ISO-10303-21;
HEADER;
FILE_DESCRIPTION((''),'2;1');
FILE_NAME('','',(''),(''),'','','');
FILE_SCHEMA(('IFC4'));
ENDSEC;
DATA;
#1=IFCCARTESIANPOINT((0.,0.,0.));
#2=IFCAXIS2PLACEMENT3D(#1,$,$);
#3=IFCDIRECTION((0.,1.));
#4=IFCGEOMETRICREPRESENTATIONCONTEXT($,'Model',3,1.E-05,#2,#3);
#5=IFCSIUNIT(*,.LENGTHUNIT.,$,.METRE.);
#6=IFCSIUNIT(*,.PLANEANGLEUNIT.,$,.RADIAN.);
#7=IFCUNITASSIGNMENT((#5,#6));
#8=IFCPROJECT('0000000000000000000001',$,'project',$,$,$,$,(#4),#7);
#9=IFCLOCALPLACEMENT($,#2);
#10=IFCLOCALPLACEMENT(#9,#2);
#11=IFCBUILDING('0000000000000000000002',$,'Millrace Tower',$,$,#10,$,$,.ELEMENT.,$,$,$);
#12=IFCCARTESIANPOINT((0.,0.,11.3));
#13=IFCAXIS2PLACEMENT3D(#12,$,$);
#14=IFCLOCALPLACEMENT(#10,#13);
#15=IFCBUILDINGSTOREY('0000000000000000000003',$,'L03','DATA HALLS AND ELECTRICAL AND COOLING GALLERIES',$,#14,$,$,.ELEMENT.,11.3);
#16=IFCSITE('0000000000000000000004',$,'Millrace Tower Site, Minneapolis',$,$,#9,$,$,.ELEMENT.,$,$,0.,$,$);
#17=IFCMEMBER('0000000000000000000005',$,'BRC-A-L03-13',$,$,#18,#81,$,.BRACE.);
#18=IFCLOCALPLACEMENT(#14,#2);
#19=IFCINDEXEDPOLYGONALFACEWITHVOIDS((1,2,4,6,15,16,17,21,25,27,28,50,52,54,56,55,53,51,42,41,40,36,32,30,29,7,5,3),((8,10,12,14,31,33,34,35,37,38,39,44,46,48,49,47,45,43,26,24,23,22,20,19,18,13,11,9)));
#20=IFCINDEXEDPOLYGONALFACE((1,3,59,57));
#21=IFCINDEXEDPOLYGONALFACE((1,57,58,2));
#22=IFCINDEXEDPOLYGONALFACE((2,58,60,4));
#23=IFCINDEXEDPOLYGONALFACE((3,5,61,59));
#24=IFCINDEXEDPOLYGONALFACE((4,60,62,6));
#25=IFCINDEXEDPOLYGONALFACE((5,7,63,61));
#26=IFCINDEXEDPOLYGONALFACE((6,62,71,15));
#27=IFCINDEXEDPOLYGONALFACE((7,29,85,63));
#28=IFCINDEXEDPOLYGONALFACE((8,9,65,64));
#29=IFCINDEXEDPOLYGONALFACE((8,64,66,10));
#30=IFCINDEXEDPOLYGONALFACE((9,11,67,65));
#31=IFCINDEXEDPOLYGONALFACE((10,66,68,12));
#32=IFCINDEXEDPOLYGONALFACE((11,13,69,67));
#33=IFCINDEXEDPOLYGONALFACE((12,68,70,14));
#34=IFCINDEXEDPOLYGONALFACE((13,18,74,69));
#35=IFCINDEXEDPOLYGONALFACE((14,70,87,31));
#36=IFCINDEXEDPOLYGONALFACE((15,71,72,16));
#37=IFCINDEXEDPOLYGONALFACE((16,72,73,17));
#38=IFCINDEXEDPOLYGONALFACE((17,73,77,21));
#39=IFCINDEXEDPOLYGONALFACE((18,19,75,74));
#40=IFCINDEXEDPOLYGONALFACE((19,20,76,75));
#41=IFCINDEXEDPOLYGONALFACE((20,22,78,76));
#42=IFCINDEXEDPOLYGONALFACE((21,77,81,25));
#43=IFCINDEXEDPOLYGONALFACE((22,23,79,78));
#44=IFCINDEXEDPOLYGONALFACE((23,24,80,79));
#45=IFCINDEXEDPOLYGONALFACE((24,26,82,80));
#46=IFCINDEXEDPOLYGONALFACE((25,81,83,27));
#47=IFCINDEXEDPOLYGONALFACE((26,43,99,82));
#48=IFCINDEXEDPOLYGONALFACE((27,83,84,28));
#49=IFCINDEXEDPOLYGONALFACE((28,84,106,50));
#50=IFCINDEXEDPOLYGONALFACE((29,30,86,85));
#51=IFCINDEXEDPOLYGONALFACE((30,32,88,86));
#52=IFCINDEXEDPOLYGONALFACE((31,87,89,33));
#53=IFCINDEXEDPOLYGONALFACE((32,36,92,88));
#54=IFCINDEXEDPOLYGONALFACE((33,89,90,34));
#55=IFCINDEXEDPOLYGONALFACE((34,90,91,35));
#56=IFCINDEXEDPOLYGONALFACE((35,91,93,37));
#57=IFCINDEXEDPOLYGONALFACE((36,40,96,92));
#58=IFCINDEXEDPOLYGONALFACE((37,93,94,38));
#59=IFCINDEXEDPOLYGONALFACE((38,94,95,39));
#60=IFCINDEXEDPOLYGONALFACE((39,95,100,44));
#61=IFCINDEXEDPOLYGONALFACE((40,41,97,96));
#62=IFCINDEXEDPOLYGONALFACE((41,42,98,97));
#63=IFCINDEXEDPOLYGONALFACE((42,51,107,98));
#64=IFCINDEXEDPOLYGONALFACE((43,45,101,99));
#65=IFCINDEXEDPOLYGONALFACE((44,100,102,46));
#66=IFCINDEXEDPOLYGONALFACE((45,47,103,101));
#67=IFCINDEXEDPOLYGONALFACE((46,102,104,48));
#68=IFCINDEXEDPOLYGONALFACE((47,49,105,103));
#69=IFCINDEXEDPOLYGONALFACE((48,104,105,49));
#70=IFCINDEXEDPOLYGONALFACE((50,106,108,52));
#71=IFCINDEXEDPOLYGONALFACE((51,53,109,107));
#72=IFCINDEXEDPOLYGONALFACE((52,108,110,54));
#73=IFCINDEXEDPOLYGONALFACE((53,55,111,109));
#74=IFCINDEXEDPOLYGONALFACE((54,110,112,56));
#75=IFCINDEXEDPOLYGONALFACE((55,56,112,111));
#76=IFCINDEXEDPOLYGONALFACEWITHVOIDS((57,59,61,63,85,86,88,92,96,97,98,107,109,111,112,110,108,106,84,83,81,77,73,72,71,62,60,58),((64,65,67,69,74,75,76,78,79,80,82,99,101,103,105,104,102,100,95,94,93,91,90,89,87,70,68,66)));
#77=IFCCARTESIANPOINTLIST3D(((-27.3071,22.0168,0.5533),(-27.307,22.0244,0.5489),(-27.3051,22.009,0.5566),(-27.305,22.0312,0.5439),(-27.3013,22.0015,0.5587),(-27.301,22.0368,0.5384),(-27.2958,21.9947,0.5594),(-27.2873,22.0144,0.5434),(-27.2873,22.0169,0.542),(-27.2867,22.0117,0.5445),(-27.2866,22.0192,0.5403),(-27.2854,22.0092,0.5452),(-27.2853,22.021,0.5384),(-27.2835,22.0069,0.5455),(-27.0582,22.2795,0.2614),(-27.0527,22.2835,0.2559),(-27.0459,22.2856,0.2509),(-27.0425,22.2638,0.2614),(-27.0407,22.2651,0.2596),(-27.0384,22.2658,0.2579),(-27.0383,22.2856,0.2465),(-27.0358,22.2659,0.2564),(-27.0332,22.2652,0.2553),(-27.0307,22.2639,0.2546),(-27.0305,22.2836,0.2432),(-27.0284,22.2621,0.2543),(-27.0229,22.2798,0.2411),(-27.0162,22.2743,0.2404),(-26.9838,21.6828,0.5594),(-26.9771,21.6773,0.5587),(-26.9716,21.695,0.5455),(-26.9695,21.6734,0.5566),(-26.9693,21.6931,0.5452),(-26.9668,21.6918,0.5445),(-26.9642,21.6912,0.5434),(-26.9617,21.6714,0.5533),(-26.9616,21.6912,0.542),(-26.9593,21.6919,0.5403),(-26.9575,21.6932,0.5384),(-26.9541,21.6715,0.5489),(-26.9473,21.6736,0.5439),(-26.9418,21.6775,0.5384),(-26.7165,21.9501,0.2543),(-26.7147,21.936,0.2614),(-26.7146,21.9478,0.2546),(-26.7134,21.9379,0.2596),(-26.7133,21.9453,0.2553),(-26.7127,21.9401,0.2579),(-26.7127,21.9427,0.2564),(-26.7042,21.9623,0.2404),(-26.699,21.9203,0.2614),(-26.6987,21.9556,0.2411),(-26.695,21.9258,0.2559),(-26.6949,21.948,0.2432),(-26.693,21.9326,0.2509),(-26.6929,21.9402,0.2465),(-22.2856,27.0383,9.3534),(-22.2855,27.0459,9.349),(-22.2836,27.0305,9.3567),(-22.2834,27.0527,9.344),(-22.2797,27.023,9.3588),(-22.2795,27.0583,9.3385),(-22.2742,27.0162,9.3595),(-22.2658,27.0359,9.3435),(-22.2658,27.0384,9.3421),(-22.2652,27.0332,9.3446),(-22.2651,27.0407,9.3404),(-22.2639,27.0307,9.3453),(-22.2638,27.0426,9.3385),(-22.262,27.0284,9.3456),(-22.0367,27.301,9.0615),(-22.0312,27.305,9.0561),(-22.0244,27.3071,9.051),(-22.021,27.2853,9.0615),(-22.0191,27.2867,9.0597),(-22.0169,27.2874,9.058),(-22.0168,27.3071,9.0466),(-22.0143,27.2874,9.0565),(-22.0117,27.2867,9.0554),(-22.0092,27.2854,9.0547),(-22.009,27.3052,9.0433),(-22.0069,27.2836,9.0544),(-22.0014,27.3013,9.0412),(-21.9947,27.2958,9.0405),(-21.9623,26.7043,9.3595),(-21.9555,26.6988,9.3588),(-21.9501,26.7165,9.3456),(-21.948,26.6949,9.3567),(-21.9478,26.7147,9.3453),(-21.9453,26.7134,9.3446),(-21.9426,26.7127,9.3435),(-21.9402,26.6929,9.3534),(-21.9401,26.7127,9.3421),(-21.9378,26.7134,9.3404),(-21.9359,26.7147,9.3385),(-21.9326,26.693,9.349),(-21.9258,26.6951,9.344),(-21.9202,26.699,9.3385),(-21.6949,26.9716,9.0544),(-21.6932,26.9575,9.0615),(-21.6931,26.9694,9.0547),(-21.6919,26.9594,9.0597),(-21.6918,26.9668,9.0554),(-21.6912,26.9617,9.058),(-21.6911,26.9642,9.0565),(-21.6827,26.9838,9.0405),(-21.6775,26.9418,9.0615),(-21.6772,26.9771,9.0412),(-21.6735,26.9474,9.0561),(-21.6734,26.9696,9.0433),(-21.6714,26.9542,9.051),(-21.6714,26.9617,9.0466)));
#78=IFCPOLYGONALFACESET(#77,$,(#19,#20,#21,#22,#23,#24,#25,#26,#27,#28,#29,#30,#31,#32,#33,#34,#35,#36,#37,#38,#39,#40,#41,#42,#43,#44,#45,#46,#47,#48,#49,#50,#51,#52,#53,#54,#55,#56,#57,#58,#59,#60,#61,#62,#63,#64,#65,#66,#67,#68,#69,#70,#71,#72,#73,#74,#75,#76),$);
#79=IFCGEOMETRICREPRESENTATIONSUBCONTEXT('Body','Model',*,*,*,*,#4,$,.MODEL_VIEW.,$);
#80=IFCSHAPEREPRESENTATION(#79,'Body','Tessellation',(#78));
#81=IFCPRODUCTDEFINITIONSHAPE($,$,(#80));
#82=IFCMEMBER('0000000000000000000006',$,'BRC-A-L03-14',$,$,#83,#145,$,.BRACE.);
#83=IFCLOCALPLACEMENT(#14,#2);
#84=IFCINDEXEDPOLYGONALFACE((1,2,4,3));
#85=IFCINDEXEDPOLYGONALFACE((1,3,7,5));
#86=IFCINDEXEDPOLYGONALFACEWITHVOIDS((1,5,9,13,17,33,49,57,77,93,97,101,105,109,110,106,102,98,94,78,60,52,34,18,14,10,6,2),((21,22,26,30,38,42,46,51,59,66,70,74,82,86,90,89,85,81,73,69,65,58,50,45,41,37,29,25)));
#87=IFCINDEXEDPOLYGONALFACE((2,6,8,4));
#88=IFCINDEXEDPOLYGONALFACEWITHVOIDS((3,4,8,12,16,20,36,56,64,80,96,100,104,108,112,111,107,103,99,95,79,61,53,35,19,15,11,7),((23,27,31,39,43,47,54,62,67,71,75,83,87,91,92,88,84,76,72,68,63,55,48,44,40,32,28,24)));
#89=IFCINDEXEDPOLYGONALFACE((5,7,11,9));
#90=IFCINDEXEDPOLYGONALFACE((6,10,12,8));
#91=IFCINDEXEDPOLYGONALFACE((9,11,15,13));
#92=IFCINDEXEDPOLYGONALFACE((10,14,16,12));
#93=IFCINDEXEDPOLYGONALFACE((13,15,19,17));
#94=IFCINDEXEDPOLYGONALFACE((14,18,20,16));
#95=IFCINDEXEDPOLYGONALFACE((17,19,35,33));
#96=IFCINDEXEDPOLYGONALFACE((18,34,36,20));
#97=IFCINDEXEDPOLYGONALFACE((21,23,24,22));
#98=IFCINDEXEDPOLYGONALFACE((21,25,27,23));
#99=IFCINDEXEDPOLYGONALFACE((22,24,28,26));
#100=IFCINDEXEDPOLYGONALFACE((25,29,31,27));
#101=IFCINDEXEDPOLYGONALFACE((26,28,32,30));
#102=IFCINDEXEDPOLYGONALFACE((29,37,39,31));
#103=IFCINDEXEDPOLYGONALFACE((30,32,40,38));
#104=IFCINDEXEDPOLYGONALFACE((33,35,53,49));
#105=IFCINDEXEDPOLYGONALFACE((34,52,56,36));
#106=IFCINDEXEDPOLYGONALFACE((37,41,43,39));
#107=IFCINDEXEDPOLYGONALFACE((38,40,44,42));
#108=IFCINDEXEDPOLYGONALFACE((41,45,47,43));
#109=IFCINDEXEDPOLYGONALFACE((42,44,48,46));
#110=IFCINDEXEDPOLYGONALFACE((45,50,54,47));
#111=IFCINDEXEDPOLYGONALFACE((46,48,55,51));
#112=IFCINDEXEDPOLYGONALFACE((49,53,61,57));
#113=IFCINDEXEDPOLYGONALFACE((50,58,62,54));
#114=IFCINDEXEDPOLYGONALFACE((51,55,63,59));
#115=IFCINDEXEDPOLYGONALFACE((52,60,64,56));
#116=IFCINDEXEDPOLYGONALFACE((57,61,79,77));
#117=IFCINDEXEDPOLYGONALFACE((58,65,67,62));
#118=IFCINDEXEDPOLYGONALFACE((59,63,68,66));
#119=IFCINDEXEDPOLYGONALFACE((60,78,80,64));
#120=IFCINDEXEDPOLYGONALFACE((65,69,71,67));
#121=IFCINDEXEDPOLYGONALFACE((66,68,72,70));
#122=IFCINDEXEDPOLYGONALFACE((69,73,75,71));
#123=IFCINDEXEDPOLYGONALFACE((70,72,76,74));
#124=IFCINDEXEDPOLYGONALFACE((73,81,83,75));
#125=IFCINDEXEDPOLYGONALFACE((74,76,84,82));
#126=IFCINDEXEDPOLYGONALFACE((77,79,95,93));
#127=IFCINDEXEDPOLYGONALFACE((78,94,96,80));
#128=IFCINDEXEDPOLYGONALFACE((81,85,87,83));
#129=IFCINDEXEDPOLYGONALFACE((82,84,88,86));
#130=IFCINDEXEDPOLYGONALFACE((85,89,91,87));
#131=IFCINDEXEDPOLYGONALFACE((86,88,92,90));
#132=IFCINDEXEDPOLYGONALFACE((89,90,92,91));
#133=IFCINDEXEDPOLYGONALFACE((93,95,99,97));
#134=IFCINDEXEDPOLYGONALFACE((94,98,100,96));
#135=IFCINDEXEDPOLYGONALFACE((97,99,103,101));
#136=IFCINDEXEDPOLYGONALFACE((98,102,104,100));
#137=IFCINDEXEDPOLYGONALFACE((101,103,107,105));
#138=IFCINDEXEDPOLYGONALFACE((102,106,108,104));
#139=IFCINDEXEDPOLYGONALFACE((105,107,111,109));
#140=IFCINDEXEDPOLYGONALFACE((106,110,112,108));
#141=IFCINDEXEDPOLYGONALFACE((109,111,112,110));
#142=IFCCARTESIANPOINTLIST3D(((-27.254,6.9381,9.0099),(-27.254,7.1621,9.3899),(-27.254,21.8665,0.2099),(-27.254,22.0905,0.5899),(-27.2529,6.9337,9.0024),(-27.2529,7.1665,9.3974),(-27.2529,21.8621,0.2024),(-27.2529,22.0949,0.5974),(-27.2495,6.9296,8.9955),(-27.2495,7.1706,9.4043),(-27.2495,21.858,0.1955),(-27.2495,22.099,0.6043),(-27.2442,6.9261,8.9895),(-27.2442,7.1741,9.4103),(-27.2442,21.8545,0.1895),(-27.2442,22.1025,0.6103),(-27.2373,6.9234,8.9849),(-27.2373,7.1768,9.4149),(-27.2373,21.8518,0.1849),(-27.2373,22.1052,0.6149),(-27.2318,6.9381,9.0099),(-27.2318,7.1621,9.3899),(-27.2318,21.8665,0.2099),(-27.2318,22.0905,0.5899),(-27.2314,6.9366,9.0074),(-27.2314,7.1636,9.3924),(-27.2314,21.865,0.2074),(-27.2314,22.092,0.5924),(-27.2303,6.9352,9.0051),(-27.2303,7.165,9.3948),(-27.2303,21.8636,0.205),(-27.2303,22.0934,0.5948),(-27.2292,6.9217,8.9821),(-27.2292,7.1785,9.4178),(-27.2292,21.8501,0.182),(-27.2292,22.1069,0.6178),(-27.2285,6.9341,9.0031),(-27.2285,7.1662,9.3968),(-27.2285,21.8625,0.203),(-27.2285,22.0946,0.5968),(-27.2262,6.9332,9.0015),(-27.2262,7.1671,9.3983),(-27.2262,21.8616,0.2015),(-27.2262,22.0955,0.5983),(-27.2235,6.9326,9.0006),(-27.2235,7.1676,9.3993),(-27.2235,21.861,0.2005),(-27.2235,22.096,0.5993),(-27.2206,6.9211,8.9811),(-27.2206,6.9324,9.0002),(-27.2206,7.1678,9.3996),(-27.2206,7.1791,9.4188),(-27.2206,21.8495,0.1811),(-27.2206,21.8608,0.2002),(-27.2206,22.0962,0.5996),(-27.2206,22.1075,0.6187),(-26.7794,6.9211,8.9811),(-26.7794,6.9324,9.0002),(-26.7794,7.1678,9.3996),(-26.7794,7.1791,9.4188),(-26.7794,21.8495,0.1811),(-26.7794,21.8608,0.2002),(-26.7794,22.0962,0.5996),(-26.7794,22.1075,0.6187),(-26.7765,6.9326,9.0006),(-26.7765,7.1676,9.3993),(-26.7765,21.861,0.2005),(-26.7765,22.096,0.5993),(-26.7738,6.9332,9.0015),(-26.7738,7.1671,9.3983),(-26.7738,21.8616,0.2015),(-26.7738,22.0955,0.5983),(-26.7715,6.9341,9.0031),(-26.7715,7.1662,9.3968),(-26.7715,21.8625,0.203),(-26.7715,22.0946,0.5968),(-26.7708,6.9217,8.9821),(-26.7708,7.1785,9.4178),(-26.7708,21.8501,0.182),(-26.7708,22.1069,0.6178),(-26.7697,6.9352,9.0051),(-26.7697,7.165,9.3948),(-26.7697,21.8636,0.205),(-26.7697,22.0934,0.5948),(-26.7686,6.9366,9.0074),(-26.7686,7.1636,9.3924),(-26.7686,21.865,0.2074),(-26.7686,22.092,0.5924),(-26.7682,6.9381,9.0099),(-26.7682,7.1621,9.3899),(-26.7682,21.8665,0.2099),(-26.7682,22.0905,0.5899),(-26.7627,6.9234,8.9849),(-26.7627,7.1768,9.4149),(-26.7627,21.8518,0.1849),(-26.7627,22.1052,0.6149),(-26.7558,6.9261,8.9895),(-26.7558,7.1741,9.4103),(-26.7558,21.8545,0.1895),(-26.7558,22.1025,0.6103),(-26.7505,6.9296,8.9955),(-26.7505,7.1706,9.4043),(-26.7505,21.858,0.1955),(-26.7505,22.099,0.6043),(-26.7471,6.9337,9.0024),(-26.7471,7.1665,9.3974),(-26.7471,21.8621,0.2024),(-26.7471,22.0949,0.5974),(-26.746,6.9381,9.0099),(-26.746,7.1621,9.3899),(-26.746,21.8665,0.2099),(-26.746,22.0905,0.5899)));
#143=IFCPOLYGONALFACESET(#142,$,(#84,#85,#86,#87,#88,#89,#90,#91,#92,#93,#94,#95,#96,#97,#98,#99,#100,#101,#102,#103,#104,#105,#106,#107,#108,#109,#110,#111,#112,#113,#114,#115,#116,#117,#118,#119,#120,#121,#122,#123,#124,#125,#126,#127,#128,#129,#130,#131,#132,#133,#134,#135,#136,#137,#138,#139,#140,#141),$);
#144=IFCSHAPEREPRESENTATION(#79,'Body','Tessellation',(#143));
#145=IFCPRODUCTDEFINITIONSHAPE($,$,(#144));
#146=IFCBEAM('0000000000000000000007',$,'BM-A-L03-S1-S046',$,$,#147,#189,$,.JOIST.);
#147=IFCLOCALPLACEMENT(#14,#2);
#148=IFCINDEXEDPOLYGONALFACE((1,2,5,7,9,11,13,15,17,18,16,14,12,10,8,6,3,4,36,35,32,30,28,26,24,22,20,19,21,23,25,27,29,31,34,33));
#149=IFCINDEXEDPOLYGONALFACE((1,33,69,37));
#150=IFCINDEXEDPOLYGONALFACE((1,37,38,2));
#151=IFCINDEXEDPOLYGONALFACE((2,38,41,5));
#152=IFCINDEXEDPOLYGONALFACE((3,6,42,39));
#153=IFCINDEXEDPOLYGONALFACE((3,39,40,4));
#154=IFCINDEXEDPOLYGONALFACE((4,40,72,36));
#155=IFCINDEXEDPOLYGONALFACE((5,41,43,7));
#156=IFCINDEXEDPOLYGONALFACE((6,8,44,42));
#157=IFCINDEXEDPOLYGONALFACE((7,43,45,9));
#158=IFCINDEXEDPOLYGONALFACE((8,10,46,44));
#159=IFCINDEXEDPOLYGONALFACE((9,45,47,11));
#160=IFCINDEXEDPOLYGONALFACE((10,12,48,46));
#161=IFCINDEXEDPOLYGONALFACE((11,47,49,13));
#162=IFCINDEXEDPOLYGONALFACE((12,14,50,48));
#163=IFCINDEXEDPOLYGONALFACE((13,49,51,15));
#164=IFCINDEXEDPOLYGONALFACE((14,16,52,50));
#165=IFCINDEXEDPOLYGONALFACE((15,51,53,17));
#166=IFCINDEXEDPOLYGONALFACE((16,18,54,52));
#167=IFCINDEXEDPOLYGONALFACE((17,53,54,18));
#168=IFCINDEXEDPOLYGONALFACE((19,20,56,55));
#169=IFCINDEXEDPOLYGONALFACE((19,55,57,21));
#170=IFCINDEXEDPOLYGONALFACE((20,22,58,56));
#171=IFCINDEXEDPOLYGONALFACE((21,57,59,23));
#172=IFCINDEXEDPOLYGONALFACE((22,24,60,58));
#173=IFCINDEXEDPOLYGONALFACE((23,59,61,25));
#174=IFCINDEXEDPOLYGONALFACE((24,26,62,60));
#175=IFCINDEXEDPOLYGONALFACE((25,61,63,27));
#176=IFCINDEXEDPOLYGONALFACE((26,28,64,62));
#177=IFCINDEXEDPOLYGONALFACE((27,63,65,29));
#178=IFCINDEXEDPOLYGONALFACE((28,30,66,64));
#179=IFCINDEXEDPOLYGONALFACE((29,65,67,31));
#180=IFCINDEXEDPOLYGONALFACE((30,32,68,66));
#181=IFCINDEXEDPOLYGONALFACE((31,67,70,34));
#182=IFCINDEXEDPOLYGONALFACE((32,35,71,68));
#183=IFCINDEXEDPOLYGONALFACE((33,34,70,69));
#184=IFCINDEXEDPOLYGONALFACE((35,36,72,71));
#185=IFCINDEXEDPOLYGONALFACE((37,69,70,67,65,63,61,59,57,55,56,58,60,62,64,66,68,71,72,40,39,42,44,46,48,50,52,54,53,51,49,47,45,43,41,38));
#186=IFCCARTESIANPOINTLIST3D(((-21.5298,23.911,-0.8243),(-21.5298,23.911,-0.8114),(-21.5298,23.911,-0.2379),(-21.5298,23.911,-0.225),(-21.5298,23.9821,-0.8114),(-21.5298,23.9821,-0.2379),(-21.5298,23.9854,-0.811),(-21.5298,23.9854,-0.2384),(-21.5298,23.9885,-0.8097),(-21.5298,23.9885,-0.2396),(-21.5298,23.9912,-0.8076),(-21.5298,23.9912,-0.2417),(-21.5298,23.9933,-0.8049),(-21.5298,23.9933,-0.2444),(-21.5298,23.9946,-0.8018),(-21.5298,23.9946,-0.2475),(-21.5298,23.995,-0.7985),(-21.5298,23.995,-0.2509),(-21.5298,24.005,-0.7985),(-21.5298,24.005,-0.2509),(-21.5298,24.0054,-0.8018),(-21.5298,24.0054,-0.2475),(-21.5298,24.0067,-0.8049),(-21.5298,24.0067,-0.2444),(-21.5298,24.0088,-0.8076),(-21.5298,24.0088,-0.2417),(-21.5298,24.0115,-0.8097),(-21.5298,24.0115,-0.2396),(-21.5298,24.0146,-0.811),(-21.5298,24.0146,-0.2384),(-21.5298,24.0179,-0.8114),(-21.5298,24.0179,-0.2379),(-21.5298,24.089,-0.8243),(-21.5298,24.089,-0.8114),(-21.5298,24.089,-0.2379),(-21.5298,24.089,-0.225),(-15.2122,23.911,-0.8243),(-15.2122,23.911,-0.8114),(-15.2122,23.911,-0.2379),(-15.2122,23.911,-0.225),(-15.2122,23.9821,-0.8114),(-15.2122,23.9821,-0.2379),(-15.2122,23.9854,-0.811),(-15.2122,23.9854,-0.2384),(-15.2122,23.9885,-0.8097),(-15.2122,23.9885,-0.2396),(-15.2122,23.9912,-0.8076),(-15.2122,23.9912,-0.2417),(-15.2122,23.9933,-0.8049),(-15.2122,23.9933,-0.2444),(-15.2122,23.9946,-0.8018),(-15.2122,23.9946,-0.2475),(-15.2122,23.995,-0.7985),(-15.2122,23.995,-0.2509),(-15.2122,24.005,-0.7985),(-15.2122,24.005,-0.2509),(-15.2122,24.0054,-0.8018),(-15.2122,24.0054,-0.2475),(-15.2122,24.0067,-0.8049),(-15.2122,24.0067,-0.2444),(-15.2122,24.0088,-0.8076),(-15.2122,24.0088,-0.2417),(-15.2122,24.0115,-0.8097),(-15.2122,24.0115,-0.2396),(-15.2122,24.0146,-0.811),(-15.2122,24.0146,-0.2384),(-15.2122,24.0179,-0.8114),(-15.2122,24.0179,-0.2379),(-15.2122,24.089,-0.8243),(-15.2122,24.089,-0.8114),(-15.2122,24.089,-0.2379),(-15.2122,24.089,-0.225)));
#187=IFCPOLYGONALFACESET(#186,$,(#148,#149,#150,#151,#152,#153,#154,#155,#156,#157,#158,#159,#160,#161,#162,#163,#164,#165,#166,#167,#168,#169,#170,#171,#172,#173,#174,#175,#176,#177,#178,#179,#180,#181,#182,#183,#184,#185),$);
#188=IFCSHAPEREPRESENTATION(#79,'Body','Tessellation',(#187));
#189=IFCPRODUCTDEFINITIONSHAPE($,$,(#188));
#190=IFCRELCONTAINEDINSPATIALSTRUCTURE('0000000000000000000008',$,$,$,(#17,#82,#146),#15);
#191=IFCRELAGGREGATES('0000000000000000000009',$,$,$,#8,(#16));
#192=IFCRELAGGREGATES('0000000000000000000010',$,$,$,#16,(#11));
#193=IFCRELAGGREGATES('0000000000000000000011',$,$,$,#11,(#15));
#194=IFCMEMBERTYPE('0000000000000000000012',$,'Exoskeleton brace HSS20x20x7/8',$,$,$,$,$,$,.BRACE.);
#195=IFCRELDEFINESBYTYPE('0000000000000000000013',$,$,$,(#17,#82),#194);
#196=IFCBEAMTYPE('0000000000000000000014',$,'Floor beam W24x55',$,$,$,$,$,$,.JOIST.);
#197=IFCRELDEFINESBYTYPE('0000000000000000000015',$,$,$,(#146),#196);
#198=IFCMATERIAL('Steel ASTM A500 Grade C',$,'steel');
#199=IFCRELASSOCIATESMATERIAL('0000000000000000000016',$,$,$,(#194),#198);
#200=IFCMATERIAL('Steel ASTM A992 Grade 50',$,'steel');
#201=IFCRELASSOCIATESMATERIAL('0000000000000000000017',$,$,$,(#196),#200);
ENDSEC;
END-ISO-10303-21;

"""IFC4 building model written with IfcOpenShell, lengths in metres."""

from ifc_helpers import new_model, si_unit, direction, frame, origin, origin_2d, place, context, subcontext, project, spatial, hollow_rectangle, i_section, extrude, material, material_profile, profile_set, type_object, element, save


model = new_model("IFC4")

# Units and contexts
model_context = context("Model", 3, precision=1e-05, world=origin(), true_north=direction((0.0, 1.0)))
body_context = subcontext(model_context, "Body", "Model", "MODEL_VIEW")
ifc_project = project(units=[si_unit("LENGTHUNIT", "METRE"), si_unit("PLANEANGLEUNIT", "RADIAN")], contexts=[model_context])

# Site, building, storey
site_placement = place(None, origin())
site = spatial("IfcSite", under=ifc_project, at=site_placement, Name="Millrace Tower Site, Minneapolis", CompositionType="ELEMENT", RefElevation=0.0)
building_placement = place(site_placement, origin())
building = spatial("IfcBuilding", under=site, at=building_placement, Name="Millrace Tower", CompositionType="ELEMENT")
storey_placement = place(building_placement, frame((0.0, 0.0, 11.3)))
storey = spatial("IfcBuildingStorey", under=building, at=storey_placement, Name="L03", Description="DATA HALLS AND ELECTRICAL AND COOLING GALLERIES", CompositionType="ELEMENT", Elevation=11.3)

# Members
ifc_material_1 = material(Name="Steel ASTM A500 Grade C", Category="steel")
ifc_material_profile_1 = material_profile(ifc_material_1, hollow_rectangle(XDim=0.5081, YDim=0.5081, WallThickness=0.0222, InnerFilletRadius=0.0112, OuterFilletRadius=0.0334, at=origin_2d()))
ifc_profile_set_1 = profile_set([ifc_material_profile_1], Name="Steel ASTM A500 Grade C")
member_type_1 = type_object("IfcMemberType", Name="Exoskeleton brace HSS20x20x7/8", PredefinedType="BRACE", material=ifc_profile_set_1)
member_1_placement = place(storey_placement, frame((-27.0, 21.9785, 0.3999), z_axis=(0.444064, 0.444064, 0.778213), x_axis=(-0.707107, 0.707107, 0.0)))
element("IfcMember", 1, at=member_1_placement, inside=storey, type_object=member_type_1, Name="BRC-A-L03-13", PredefinedType="BRACE", context=body_context, shape_type="SweptSolid", body=[
    extrude(hollow_rectangle(XDim=0.5081, YDim=0.5081, WallThickness=0.0222, InnerFilletRadius=0.0112, OuterFilletRadius=0.0334, at=origin_2d()), origin(), (0.0, 0.0, 1.0), 11.3081),
])
member_2_placement = place(storey_placement, frame((-27.0, 21.9785, 0.3999), z_axis=(0.0, -0.861465, 0.507817), x_axis=(1.0, 0.0, 0.0)))
element("IfcMember", 2, at=member_2_placement, inside=storey, type_object=member_type_1, Name="BRC-A-L03-14", PredefinedType="BRACE", context=body_context, shape_type="SweptSolid", body=[
    extrude(hollow_rectangle(XDim=0.5081, YDim=0.5081, WallThickness=0.0222, InnerFilletRadius=0.0112, OuterFilletRadius=0.0334, at=origin_2d()), origin(), (0.0, 0.0, 1.0), 17.3291),
])

# Beam
ifc_material_2 = material(Name="Steel ASTM A992 Grade 50", Category="steel")
ifc_material_profile_2 = material_profile(ifc_material_2, i_section(OverallWidth=0.178, OverallDepth=0.5994, WebThickness=0.01, FlangeThickness=0.0129, FilletRadius=0.0129, at=origin_2d()))
ifc_profile_set_2 = profile_set([ifc_material_profile_2], Name="Steel ASTM A992 Grade 50")
beam_type_1 = type_object("IfcBeamType", Name="Floor beam W24x55", PredefinedType="JOIST", material=ifc_profile_set_2)
beam_1_placement = place(storey_placement, frame((-21.5298, 24.0, -0.5247), z_axis=(1.0, 0.0, 0.0), x_axis=(0.0, 1.0, 0.0)))
element("IfcBeam", 3, at=beam_1_placement, inside=storey, type_object=beam_type_1, Name="BM-A-L03-S1-S046", PredefinedType="JOIST", context=body_context, shape_type="SweptSolid", body=[
    extrude(i_section(OverallWidth=0.178, OverallDepth=0.5994, WebThickness=0.01, FlangeThickness=0.0129, FilletRadius=0.0129, at=origin_2d()), origin(), (0.0, 0.0, 1.0), 6.3176),
])

save(model, "model.ifc")
